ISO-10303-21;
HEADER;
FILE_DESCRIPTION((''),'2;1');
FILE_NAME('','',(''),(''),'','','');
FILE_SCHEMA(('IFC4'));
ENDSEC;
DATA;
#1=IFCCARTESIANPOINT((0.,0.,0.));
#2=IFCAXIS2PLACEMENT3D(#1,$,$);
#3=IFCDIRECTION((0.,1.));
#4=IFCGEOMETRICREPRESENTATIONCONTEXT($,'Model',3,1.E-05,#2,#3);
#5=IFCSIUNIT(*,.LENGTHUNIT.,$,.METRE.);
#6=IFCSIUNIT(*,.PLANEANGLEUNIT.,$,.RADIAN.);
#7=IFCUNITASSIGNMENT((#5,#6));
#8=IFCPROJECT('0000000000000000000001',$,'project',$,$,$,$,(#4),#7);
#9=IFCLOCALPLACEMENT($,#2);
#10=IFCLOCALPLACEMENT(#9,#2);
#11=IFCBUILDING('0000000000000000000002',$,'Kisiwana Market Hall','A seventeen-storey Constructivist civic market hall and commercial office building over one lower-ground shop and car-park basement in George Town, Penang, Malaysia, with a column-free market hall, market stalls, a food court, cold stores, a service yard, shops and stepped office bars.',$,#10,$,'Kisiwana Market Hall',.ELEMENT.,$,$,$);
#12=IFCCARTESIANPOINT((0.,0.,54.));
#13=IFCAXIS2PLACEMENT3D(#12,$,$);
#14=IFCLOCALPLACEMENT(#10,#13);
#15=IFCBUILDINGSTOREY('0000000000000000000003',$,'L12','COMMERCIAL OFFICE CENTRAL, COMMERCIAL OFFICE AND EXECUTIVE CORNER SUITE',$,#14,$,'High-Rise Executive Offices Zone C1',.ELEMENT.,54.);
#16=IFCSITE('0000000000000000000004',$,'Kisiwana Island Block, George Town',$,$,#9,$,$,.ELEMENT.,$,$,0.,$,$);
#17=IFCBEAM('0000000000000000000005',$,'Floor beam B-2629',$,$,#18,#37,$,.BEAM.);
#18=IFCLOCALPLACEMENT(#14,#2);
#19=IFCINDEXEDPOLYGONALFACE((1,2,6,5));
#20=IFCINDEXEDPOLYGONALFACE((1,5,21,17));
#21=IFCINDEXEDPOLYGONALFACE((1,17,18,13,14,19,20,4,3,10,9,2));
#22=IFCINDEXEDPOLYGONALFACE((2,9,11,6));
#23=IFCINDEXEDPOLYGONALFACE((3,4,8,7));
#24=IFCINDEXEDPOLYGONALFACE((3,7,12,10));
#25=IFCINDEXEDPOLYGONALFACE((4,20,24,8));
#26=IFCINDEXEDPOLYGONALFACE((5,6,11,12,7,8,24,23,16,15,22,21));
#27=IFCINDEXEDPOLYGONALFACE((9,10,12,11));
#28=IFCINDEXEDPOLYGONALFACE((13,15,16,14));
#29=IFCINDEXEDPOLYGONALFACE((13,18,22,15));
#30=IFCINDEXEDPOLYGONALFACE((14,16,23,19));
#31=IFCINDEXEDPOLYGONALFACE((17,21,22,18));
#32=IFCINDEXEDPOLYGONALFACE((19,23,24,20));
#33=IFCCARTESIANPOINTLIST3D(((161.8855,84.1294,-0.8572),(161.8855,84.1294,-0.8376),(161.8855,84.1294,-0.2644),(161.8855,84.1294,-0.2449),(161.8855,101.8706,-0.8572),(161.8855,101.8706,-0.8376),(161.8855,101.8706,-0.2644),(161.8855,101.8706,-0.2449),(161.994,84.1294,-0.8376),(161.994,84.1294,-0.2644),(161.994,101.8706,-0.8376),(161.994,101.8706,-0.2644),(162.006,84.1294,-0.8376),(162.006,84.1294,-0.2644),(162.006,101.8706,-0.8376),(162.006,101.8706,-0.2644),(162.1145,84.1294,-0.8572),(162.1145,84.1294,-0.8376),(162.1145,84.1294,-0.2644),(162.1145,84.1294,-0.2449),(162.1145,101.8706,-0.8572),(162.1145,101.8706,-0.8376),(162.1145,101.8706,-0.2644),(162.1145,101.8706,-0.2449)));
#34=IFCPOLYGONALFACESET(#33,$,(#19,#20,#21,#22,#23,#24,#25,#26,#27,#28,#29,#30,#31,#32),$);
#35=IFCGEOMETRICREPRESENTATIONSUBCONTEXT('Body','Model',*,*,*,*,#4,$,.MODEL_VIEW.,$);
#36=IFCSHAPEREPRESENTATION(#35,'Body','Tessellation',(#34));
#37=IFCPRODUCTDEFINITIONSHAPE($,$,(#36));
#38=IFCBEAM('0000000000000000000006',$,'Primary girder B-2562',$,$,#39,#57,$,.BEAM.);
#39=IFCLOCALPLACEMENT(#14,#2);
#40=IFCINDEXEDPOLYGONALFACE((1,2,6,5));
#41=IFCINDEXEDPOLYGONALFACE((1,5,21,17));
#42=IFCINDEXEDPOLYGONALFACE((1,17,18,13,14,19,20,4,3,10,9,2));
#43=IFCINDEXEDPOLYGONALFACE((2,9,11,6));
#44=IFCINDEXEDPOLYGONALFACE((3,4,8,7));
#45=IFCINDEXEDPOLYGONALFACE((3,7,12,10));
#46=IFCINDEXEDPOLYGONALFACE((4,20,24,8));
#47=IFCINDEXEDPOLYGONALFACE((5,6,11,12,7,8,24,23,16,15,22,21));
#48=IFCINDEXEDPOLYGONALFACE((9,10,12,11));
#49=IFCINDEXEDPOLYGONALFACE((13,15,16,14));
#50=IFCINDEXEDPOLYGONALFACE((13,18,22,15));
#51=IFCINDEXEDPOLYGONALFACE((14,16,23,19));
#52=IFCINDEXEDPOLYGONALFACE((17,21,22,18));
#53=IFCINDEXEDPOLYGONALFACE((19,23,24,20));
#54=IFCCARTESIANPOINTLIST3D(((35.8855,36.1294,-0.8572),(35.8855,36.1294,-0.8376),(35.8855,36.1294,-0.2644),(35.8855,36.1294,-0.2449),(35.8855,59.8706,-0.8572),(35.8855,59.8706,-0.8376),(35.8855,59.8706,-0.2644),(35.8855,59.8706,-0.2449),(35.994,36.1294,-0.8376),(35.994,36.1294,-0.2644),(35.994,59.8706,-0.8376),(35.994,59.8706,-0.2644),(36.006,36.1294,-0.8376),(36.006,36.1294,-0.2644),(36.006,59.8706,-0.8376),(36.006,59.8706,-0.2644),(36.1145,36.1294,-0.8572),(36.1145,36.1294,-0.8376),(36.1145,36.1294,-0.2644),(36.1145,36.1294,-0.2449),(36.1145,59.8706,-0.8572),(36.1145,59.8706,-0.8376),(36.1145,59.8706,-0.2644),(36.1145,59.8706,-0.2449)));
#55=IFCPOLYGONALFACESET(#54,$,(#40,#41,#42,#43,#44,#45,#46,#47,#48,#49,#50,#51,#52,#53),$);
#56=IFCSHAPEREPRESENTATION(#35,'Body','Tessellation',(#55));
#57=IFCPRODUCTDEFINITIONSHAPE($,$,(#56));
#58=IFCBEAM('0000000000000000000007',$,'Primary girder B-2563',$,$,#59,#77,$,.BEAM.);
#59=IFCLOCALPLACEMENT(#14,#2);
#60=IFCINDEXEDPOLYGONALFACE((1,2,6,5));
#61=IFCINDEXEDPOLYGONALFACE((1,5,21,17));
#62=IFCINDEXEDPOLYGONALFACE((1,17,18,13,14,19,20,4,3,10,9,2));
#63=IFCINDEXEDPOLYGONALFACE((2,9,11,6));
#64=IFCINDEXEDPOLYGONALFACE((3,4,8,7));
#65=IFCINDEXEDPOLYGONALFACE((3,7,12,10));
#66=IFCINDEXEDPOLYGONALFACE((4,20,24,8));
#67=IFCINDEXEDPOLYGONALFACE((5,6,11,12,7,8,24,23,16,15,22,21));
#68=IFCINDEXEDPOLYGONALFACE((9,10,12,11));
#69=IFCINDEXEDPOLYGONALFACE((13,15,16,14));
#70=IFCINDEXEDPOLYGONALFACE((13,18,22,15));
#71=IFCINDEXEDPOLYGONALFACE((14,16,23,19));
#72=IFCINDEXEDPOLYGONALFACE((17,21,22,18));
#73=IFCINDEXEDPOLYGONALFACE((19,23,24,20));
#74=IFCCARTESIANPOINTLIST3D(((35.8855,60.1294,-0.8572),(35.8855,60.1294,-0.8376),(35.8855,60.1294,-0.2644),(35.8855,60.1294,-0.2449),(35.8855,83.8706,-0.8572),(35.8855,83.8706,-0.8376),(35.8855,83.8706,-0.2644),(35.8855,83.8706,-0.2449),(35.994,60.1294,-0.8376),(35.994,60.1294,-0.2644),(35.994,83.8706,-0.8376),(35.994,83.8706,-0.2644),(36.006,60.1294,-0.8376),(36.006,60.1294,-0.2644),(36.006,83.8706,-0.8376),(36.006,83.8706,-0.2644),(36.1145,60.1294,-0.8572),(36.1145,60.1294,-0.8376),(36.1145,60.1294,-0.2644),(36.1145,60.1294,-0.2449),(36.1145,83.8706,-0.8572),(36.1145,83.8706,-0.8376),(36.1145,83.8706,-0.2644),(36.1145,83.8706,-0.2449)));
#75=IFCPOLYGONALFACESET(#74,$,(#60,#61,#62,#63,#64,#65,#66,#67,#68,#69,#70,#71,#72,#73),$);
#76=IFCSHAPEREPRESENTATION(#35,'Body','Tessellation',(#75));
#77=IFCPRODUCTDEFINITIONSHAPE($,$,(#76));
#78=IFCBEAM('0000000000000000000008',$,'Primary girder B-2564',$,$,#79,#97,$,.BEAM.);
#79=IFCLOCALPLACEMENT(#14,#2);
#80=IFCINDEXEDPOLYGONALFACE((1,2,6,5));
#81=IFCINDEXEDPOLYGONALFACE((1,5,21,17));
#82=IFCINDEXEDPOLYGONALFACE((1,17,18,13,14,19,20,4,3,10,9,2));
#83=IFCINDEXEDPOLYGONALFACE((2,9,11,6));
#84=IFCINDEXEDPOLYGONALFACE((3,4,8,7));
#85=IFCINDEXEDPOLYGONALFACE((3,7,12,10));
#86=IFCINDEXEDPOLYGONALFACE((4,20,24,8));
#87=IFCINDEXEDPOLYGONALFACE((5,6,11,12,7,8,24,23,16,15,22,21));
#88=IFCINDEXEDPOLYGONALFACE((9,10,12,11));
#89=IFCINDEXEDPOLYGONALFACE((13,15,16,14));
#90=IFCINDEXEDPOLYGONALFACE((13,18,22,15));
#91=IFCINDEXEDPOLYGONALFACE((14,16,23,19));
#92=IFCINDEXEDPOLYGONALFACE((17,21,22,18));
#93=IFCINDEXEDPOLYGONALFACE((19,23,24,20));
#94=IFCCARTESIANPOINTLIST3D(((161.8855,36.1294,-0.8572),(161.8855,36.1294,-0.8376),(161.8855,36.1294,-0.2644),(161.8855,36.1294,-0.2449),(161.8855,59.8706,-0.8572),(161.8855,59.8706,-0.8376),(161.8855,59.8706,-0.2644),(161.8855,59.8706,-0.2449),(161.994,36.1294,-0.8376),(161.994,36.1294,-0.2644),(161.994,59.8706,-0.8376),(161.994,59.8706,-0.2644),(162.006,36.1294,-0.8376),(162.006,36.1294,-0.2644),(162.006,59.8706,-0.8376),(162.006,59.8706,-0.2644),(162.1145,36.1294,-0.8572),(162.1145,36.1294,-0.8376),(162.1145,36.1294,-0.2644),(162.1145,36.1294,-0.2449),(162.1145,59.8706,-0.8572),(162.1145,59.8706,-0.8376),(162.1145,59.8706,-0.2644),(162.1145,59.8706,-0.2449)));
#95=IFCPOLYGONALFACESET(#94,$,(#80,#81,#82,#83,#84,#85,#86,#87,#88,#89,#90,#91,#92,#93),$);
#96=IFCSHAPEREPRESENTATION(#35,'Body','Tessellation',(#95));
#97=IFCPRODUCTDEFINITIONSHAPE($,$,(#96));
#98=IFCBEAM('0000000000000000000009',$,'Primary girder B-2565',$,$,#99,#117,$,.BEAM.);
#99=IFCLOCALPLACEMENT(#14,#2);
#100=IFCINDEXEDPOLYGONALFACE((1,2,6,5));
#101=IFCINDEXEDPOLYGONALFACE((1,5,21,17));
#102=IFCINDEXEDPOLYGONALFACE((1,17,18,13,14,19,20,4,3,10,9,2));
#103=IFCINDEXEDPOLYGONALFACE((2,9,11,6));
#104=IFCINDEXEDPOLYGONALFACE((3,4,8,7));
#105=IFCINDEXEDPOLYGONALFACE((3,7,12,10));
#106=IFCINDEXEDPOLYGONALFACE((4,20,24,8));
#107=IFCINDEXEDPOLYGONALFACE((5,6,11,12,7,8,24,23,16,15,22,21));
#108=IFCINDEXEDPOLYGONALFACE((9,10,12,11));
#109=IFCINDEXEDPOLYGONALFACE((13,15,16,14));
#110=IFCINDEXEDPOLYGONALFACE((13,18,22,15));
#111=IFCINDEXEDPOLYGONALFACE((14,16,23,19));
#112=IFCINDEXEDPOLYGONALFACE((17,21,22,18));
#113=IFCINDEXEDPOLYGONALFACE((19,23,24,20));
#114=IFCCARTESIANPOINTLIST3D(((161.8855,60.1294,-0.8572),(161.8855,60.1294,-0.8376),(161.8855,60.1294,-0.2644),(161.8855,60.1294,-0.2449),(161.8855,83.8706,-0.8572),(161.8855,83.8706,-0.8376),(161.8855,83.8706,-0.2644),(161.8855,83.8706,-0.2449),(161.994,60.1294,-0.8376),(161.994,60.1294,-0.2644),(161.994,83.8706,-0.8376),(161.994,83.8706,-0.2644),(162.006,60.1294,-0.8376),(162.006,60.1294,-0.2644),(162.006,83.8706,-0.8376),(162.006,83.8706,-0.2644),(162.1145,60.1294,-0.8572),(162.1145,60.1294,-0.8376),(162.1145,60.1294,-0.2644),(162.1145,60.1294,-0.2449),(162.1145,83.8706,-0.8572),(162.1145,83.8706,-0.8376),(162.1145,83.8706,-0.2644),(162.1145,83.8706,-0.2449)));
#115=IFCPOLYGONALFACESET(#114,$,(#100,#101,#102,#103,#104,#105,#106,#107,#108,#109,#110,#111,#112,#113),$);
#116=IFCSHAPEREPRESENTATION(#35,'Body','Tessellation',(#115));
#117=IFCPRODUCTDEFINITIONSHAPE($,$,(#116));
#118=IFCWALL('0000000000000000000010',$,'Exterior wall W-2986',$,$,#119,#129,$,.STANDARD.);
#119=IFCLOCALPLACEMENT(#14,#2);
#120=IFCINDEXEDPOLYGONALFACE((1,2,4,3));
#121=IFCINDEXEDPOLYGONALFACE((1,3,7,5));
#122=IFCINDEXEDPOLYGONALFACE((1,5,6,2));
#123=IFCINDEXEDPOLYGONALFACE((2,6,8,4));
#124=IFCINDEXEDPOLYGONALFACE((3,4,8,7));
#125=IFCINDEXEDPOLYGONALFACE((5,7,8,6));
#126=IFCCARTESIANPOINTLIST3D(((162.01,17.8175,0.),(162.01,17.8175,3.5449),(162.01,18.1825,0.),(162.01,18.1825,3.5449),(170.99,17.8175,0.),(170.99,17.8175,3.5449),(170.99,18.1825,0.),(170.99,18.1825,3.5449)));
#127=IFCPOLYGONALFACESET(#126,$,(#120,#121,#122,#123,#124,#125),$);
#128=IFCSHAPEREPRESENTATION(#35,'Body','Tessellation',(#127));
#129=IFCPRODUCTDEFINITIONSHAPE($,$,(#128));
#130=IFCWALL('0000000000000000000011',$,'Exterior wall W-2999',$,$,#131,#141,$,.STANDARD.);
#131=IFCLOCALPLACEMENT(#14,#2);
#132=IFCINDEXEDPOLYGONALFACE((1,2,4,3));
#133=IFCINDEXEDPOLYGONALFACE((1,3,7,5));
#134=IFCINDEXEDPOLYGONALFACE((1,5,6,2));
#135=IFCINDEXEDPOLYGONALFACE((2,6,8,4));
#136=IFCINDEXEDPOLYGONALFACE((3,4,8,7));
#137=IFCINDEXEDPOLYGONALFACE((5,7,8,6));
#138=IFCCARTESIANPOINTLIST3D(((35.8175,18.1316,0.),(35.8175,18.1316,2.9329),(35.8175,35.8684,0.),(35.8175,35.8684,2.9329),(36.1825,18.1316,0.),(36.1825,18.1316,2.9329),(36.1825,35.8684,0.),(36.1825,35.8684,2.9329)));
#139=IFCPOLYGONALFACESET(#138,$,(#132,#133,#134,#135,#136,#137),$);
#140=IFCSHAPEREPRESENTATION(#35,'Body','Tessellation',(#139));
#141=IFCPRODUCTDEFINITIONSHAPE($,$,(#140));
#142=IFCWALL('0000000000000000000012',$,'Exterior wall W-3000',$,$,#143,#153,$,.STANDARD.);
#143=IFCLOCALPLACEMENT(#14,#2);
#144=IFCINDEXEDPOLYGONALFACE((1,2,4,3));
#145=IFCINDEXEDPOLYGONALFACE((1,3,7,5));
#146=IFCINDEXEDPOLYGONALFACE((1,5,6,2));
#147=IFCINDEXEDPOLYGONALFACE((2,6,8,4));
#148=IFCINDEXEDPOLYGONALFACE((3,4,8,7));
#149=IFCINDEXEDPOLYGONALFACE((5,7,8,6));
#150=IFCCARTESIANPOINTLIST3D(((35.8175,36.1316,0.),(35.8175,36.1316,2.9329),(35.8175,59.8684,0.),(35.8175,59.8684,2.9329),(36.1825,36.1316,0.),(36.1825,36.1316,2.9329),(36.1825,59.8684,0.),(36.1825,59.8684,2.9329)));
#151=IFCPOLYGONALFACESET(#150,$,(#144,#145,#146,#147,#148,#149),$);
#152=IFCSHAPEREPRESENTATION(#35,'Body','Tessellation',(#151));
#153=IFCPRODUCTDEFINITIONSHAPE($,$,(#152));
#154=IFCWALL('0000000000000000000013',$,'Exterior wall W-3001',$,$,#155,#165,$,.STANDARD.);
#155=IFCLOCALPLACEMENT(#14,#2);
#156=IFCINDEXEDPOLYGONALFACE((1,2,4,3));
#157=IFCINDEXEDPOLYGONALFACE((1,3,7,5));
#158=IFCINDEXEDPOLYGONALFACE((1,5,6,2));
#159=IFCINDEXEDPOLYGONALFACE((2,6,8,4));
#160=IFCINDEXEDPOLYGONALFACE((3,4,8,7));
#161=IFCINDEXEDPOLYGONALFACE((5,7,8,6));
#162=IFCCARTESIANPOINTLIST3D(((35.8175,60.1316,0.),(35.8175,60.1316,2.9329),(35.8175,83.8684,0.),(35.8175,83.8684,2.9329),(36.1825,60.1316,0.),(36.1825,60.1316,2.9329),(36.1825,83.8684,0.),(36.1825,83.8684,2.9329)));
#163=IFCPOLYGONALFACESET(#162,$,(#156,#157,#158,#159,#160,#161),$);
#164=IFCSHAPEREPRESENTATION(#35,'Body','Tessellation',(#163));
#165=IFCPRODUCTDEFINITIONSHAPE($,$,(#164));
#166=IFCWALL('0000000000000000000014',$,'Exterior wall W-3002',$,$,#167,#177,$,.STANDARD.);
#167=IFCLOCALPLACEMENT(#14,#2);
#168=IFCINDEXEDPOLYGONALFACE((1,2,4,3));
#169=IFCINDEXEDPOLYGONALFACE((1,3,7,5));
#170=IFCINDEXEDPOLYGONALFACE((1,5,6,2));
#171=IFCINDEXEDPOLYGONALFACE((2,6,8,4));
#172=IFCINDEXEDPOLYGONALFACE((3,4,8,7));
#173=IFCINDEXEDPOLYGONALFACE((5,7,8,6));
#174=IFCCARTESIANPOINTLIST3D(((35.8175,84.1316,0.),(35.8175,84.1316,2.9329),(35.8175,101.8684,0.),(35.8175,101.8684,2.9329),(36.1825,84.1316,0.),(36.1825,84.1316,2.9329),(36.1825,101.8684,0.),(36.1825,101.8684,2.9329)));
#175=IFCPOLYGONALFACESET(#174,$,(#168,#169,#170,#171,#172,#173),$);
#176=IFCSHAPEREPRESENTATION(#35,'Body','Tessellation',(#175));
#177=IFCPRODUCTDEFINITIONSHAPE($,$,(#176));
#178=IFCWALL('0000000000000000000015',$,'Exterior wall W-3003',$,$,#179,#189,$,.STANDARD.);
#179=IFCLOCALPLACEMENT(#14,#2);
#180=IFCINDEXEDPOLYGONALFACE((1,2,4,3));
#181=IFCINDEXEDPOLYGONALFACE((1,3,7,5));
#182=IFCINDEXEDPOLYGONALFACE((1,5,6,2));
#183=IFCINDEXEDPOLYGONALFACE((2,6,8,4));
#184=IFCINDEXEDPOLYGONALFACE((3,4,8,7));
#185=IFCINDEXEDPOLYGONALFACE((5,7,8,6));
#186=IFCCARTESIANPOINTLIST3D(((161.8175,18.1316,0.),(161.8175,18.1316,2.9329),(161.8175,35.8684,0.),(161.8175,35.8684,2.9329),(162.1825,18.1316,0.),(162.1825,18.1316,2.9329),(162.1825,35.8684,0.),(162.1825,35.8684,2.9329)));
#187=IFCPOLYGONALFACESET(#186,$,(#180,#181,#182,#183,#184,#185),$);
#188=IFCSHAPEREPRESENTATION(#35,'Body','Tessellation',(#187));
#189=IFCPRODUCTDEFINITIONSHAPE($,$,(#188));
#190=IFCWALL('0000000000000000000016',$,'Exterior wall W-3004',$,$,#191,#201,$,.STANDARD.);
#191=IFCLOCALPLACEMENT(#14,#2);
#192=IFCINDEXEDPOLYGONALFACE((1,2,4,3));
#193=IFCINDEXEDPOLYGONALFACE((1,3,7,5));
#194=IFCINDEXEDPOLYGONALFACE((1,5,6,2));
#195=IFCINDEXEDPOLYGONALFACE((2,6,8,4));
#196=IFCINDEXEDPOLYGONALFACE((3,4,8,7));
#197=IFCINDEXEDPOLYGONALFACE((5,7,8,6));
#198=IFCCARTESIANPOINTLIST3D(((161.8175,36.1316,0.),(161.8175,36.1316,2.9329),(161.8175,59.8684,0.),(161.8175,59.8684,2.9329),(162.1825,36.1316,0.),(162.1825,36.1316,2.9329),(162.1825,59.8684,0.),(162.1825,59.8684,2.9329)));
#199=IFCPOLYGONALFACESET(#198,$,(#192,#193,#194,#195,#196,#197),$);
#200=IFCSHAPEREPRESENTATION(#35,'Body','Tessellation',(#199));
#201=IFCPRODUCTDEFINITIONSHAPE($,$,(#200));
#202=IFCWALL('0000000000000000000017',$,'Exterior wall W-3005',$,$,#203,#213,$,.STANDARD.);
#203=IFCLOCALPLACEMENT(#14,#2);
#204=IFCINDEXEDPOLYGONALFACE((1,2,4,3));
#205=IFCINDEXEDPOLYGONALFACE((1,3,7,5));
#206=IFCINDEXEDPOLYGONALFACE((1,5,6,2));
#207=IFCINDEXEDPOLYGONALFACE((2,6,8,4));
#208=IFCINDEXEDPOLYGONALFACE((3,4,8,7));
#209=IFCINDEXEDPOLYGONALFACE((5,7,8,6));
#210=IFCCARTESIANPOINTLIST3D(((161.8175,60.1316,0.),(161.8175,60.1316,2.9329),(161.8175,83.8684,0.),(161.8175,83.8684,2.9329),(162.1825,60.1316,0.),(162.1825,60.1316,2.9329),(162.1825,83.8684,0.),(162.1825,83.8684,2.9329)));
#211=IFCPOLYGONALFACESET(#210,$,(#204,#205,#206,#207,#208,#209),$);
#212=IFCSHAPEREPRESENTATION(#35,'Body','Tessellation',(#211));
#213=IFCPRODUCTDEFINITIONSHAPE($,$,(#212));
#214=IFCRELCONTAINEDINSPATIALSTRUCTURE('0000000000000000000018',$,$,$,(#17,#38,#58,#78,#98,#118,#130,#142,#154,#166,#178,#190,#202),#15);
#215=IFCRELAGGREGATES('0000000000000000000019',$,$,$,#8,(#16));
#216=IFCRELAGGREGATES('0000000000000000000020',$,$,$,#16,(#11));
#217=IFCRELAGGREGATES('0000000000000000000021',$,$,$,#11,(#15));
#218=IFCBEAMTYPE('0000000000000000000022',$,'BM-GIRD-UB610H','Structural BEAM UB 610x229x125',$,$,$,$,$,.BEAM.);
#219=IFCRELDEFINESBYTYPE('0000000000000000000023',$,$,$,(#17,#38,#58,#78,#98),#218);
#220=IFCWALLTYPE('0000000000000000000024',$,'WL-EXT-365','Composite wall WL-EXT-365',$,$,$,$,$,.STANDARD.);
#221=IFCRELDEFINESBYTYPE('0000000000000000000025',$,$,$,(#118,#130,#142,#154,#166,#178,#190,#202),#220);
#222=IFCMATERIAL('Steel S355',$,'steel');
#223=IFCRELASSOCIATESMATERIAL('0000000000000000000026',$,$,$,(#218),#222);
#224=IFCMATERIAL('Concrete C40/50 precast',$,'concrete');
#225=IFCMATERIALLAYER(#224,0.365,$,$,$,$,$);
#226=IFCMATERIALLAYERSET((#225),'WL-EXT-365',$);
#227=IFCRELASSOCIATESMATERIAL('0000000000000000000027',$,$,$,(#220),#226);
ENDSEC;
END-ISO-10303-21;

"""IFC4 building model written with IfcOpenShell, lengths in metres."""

from ifc_helpers import new_model, si_unit, direction, frame, frame_2d, origin, origin_2d, place, context, subcontext, project, spatial, rectangle, i_section, extrude, material, layer, layer_set, material_profile, profile_set, type_object, element, save


model = new_model("IFC4")

# Units and contexts
model_context = context("Model", 3, precision=1e-05, world=origin(), true_north=direction((0.0, 1.0)))
body_context = subcontext(model_context, "Body", "Model", "MODEL_VIEW")
ifc_project = project(units=[si_unit("LENGTHUNIT", "METRE"), si_unit("PLANEANGLEUNIT", "RADIAN")], contexts=[model_context])

# Site, building, storey
site_placement = place(None, origin())
site = spatial("IfcSite", under=ifc_project, at=site_placement, Name="Kisiwana Island Block, George Town", CompositionType="ELEMENT", RefElevation=0.0)
building_placement = place(site_placement, origin())
building = spatial("IfcBuilding", under=site, at=building_placement, Name="Kisiwana Market Hall", Description="A seventeen-storey Constructivist civic market hall and commercial office building over one lower-ground shop and car-park basement in George Town, Penang, Malaysia, with a column-free market hall, market stalls, a food court, cold stores, a service yard, shops and stepped office bars.", LongName="Kisiwana Market Hall", CompositionType="ELEMENT")
storey_placement = place(building_placement, frame((0.0, 0.0, 54.0)))
storey = spatial("IfcBuildingStorey", under=building, at=storey_placement, Name="L12", Description="COMMERCIAL OFFICE CENTRAL, COMMERCIAL OFFICE AND EXECUTIVE CORNER SUITE", LongName="High-Rise Executive Offices Zone C1", CompositionType="ELEMENT", Elevation=54.0)

# Beams
ifc_material_1 = material(Name="Steel S355", Category="steel")
ifc_material_profile_1 = material_profile(ifc_material_1, i_section(OverallWidth=0.229, OverallDepth=0.6123, WebThickness=0.012, FlangeThickness=0.0195, at=origin_2d()), Name="UB 610x229x125")
ifc_profile_set_1 = profile_set([ifc_material_profile_1], Name="Steel S355")
beam_type = type_object("IfcBeamType", Name="BM-GIRD-UB610H", Description="Structural BEAM UB 610x229x125", PredefinedType="BEAM", material=ifc_profile_set_1)
for number, where, z_axis, x_axis, name in (
    (1, (162.0, 84.1294, -0.551), (0.0, 1.0, 0.0), (-1.0, 0.0, 0.0), "Floor beam B-2629"),
):
    element("IfcBeam", number, at=place(storey_placement, frame(where, z_axis=z_axis, x_axis=x_axis)), inside=storey, type_object=beam_type, Name=name, PredefinedType="BEAM", context=body_context, shape_type="SweptSolid", body=[
        extrude(i_section(OverallWidth=0.229, OverallDepth=0.6123, WebThickness=0.012, FlangeThickness=0.0195, at=origin_2d()), origin(), (0.0, 0.0, 1.0), 17.7412),
    ])
for number, where, z_axis, x_axis, name in (
    (2, (36.0, 36.1294, -0.551), (0.0, 1.0, 0.0), (-1.0, 0.0, 0.0), "Primary girder B-2562"),
    (3, (36.0, 60.1294, -0.551), (0.0, 1.0, 0.0), (-1.0, 0.0, 0.0), "Primary girder B-2563"),
    (4, (162.0, 36.1294, -0.551), (0.0, 1.0, 0.0), (-1.0, 0.0, 0.0), "Primary girder B-2564"),
    (5, (162.0, 60.1294, -0.551), (0.0, 1.0, 0.0), (-1.0, 0.0, 0.0), "Primary girder B-2565"),
):
    element("IfcBeam", number, at=place(storey_placement, frame(where, z_axis=z_axis, x_axis=x_axis)), inside=storey, type_object=beam_type, Name=name, PredefinedType="BEAM", context=body_context, shape_type="SweptSolid", body=[
        extrude(i_section(OverallWidth=0.229, OverallDepth=0.6123, WebThickness=0.012, FlangeThickness=0.0195, at=origin_2d()), origin(), (0.0, 0.0, 1.0), 23.7412),
    ])

# Walls
ifc_material_2 = material(Name="Concrete C40/50 precast", Category="concrete")
ifc_layer = layer(ifc_material_2, 0.365)
ifc_layer_set = layer_set([ifc_layer], Name="WL-EXT-365")
wall_type = type_object("IfcWallType", Name="WL-EXT-365", Description="Composite wall WL-EXT-365", PredefinedType="STANDARD", material=ifc_layer_set)
wall_1_placement = place(storey_placement, frame((162.01, 18.0, 0.0), z_axis=(0.0, 0.0, 1.0), x_axis=(1.0, 0.0, 0.0)))
element("IfcWall", 6, at=wall_1_placement, inside=storey, type_object=wall_type, Name="Exterior wall W-2986", PredefinedType="STANDARD", context=body_context, shape_type="SweptSolid", body=[
    extrude(rectangle(XDim=8.98, YDim=0.365, at=frame_2d((4.49, 0.0))), origin(), (0.0, 0.0, 1.0), 3.5449),
])
wall_2_placement = place(storey_placement, frame((36.0, 18.1316, 0.0), z_axis=(0.0, 0.0, 1.0), x_axis=(0.0, 1.0, 0.0)))
element("IfcWall", 7, at=wall_2_placement, inside=storey, type_object=wall_type, Name="Exterior wall W-2999", PredefinedType="STANDARD", context=body_context, shape_type="SweptSolid", body=[
    extrude(rectangle(XDim=17.7368, YDim=0.365, at=frame_2d((8.8684, 0.0))), origin(), (0.0, 0.0, 1.0), 2.9329),
])
for number, where, z_axis, x_axis, name in (
    (8, (36.0, 36.1316, 0.0), (0.0, 0.0, 1.0), (0.0, 1.0, 0.0), "Exterior wall W-3000"),
    (9, (36.0, 60.1316, 0.0), (0.0, 0.0, 1.0), (0.0, 1.0, 0.0), "Exterior wall W-3001"),
):
    element("IfcWall", number, at=place(storey_placement, frame(where, z_axis=z_axis, x_axis=x_axis)), inside=storey, type_object=wall_type, Name=name, PredefinedType="STANDARD", context=body_context, shape_type="SweptSolid", body=[
        extrude(rectangle(XDim=23.7368, YDim=0.365, at=frame_2d((11.8684, 0.0))), origin(), (0.0, 0.0, 1.0), 2.9329),
    ])
for number, where, z_axis, x_axis, name in (
    (10, (36.0, 84.1316, 0.0), (0.0, 0.0, 1.0), (0.0, 1.0, 0.0), "Exterior wall W-3002"),
    (11, (162.0, 18.1316, 0.0), (0.0, 0.0, 1.0), (0.0, 1.0, 0.0), "Exterior wall W-3003"),
):
    element("IfcWall", number, at=place(storey_placement, frame(where, z_axis=z_axis, x_axis=x_axis)), inside=storey, type_object=wall_type, Name=name, PredefinedType="STANDARD", context=body_context, shape_type="SweptSolid", body=[
        extrude(rectangle(XDim=17.7368, YDim=0.365, at=frame_2d((8.8684, 0.0))), origin(), (0.0, 0.0, 1.0), 2.9329),
    ])
for number, where, z_axis, x_axis, name in (
    (12, (162.0, 36.1316, 0.0), (0.0, 0.0, 1.0), (0.0, 1.0, 0.0), "Exterior wall W-3004"),
    (13, (162.0, 60.1316, 0.0), (0.0, 0.0, 1.0), (0.0, 1.0, 0.0), "Exterior wall W-3005"),
):
    element("IfcWall", number, at=place(storey_placement, frame(where, z_axis=z_axis, x_axis=x_axis)), inside=storey, type_object=wall_type, Name=name, PredefinedType="STANDARD", context=body_context, shape_type="SweptSolid", body=[
        extrude(rectangle(XDim=23.7368, YDim=0.365, at=frame_2d((11.8684, 0.0))), origin(), (0.0, 0.0, 1.0), 2.9329),
    ])

save(model, "model.ifc")
